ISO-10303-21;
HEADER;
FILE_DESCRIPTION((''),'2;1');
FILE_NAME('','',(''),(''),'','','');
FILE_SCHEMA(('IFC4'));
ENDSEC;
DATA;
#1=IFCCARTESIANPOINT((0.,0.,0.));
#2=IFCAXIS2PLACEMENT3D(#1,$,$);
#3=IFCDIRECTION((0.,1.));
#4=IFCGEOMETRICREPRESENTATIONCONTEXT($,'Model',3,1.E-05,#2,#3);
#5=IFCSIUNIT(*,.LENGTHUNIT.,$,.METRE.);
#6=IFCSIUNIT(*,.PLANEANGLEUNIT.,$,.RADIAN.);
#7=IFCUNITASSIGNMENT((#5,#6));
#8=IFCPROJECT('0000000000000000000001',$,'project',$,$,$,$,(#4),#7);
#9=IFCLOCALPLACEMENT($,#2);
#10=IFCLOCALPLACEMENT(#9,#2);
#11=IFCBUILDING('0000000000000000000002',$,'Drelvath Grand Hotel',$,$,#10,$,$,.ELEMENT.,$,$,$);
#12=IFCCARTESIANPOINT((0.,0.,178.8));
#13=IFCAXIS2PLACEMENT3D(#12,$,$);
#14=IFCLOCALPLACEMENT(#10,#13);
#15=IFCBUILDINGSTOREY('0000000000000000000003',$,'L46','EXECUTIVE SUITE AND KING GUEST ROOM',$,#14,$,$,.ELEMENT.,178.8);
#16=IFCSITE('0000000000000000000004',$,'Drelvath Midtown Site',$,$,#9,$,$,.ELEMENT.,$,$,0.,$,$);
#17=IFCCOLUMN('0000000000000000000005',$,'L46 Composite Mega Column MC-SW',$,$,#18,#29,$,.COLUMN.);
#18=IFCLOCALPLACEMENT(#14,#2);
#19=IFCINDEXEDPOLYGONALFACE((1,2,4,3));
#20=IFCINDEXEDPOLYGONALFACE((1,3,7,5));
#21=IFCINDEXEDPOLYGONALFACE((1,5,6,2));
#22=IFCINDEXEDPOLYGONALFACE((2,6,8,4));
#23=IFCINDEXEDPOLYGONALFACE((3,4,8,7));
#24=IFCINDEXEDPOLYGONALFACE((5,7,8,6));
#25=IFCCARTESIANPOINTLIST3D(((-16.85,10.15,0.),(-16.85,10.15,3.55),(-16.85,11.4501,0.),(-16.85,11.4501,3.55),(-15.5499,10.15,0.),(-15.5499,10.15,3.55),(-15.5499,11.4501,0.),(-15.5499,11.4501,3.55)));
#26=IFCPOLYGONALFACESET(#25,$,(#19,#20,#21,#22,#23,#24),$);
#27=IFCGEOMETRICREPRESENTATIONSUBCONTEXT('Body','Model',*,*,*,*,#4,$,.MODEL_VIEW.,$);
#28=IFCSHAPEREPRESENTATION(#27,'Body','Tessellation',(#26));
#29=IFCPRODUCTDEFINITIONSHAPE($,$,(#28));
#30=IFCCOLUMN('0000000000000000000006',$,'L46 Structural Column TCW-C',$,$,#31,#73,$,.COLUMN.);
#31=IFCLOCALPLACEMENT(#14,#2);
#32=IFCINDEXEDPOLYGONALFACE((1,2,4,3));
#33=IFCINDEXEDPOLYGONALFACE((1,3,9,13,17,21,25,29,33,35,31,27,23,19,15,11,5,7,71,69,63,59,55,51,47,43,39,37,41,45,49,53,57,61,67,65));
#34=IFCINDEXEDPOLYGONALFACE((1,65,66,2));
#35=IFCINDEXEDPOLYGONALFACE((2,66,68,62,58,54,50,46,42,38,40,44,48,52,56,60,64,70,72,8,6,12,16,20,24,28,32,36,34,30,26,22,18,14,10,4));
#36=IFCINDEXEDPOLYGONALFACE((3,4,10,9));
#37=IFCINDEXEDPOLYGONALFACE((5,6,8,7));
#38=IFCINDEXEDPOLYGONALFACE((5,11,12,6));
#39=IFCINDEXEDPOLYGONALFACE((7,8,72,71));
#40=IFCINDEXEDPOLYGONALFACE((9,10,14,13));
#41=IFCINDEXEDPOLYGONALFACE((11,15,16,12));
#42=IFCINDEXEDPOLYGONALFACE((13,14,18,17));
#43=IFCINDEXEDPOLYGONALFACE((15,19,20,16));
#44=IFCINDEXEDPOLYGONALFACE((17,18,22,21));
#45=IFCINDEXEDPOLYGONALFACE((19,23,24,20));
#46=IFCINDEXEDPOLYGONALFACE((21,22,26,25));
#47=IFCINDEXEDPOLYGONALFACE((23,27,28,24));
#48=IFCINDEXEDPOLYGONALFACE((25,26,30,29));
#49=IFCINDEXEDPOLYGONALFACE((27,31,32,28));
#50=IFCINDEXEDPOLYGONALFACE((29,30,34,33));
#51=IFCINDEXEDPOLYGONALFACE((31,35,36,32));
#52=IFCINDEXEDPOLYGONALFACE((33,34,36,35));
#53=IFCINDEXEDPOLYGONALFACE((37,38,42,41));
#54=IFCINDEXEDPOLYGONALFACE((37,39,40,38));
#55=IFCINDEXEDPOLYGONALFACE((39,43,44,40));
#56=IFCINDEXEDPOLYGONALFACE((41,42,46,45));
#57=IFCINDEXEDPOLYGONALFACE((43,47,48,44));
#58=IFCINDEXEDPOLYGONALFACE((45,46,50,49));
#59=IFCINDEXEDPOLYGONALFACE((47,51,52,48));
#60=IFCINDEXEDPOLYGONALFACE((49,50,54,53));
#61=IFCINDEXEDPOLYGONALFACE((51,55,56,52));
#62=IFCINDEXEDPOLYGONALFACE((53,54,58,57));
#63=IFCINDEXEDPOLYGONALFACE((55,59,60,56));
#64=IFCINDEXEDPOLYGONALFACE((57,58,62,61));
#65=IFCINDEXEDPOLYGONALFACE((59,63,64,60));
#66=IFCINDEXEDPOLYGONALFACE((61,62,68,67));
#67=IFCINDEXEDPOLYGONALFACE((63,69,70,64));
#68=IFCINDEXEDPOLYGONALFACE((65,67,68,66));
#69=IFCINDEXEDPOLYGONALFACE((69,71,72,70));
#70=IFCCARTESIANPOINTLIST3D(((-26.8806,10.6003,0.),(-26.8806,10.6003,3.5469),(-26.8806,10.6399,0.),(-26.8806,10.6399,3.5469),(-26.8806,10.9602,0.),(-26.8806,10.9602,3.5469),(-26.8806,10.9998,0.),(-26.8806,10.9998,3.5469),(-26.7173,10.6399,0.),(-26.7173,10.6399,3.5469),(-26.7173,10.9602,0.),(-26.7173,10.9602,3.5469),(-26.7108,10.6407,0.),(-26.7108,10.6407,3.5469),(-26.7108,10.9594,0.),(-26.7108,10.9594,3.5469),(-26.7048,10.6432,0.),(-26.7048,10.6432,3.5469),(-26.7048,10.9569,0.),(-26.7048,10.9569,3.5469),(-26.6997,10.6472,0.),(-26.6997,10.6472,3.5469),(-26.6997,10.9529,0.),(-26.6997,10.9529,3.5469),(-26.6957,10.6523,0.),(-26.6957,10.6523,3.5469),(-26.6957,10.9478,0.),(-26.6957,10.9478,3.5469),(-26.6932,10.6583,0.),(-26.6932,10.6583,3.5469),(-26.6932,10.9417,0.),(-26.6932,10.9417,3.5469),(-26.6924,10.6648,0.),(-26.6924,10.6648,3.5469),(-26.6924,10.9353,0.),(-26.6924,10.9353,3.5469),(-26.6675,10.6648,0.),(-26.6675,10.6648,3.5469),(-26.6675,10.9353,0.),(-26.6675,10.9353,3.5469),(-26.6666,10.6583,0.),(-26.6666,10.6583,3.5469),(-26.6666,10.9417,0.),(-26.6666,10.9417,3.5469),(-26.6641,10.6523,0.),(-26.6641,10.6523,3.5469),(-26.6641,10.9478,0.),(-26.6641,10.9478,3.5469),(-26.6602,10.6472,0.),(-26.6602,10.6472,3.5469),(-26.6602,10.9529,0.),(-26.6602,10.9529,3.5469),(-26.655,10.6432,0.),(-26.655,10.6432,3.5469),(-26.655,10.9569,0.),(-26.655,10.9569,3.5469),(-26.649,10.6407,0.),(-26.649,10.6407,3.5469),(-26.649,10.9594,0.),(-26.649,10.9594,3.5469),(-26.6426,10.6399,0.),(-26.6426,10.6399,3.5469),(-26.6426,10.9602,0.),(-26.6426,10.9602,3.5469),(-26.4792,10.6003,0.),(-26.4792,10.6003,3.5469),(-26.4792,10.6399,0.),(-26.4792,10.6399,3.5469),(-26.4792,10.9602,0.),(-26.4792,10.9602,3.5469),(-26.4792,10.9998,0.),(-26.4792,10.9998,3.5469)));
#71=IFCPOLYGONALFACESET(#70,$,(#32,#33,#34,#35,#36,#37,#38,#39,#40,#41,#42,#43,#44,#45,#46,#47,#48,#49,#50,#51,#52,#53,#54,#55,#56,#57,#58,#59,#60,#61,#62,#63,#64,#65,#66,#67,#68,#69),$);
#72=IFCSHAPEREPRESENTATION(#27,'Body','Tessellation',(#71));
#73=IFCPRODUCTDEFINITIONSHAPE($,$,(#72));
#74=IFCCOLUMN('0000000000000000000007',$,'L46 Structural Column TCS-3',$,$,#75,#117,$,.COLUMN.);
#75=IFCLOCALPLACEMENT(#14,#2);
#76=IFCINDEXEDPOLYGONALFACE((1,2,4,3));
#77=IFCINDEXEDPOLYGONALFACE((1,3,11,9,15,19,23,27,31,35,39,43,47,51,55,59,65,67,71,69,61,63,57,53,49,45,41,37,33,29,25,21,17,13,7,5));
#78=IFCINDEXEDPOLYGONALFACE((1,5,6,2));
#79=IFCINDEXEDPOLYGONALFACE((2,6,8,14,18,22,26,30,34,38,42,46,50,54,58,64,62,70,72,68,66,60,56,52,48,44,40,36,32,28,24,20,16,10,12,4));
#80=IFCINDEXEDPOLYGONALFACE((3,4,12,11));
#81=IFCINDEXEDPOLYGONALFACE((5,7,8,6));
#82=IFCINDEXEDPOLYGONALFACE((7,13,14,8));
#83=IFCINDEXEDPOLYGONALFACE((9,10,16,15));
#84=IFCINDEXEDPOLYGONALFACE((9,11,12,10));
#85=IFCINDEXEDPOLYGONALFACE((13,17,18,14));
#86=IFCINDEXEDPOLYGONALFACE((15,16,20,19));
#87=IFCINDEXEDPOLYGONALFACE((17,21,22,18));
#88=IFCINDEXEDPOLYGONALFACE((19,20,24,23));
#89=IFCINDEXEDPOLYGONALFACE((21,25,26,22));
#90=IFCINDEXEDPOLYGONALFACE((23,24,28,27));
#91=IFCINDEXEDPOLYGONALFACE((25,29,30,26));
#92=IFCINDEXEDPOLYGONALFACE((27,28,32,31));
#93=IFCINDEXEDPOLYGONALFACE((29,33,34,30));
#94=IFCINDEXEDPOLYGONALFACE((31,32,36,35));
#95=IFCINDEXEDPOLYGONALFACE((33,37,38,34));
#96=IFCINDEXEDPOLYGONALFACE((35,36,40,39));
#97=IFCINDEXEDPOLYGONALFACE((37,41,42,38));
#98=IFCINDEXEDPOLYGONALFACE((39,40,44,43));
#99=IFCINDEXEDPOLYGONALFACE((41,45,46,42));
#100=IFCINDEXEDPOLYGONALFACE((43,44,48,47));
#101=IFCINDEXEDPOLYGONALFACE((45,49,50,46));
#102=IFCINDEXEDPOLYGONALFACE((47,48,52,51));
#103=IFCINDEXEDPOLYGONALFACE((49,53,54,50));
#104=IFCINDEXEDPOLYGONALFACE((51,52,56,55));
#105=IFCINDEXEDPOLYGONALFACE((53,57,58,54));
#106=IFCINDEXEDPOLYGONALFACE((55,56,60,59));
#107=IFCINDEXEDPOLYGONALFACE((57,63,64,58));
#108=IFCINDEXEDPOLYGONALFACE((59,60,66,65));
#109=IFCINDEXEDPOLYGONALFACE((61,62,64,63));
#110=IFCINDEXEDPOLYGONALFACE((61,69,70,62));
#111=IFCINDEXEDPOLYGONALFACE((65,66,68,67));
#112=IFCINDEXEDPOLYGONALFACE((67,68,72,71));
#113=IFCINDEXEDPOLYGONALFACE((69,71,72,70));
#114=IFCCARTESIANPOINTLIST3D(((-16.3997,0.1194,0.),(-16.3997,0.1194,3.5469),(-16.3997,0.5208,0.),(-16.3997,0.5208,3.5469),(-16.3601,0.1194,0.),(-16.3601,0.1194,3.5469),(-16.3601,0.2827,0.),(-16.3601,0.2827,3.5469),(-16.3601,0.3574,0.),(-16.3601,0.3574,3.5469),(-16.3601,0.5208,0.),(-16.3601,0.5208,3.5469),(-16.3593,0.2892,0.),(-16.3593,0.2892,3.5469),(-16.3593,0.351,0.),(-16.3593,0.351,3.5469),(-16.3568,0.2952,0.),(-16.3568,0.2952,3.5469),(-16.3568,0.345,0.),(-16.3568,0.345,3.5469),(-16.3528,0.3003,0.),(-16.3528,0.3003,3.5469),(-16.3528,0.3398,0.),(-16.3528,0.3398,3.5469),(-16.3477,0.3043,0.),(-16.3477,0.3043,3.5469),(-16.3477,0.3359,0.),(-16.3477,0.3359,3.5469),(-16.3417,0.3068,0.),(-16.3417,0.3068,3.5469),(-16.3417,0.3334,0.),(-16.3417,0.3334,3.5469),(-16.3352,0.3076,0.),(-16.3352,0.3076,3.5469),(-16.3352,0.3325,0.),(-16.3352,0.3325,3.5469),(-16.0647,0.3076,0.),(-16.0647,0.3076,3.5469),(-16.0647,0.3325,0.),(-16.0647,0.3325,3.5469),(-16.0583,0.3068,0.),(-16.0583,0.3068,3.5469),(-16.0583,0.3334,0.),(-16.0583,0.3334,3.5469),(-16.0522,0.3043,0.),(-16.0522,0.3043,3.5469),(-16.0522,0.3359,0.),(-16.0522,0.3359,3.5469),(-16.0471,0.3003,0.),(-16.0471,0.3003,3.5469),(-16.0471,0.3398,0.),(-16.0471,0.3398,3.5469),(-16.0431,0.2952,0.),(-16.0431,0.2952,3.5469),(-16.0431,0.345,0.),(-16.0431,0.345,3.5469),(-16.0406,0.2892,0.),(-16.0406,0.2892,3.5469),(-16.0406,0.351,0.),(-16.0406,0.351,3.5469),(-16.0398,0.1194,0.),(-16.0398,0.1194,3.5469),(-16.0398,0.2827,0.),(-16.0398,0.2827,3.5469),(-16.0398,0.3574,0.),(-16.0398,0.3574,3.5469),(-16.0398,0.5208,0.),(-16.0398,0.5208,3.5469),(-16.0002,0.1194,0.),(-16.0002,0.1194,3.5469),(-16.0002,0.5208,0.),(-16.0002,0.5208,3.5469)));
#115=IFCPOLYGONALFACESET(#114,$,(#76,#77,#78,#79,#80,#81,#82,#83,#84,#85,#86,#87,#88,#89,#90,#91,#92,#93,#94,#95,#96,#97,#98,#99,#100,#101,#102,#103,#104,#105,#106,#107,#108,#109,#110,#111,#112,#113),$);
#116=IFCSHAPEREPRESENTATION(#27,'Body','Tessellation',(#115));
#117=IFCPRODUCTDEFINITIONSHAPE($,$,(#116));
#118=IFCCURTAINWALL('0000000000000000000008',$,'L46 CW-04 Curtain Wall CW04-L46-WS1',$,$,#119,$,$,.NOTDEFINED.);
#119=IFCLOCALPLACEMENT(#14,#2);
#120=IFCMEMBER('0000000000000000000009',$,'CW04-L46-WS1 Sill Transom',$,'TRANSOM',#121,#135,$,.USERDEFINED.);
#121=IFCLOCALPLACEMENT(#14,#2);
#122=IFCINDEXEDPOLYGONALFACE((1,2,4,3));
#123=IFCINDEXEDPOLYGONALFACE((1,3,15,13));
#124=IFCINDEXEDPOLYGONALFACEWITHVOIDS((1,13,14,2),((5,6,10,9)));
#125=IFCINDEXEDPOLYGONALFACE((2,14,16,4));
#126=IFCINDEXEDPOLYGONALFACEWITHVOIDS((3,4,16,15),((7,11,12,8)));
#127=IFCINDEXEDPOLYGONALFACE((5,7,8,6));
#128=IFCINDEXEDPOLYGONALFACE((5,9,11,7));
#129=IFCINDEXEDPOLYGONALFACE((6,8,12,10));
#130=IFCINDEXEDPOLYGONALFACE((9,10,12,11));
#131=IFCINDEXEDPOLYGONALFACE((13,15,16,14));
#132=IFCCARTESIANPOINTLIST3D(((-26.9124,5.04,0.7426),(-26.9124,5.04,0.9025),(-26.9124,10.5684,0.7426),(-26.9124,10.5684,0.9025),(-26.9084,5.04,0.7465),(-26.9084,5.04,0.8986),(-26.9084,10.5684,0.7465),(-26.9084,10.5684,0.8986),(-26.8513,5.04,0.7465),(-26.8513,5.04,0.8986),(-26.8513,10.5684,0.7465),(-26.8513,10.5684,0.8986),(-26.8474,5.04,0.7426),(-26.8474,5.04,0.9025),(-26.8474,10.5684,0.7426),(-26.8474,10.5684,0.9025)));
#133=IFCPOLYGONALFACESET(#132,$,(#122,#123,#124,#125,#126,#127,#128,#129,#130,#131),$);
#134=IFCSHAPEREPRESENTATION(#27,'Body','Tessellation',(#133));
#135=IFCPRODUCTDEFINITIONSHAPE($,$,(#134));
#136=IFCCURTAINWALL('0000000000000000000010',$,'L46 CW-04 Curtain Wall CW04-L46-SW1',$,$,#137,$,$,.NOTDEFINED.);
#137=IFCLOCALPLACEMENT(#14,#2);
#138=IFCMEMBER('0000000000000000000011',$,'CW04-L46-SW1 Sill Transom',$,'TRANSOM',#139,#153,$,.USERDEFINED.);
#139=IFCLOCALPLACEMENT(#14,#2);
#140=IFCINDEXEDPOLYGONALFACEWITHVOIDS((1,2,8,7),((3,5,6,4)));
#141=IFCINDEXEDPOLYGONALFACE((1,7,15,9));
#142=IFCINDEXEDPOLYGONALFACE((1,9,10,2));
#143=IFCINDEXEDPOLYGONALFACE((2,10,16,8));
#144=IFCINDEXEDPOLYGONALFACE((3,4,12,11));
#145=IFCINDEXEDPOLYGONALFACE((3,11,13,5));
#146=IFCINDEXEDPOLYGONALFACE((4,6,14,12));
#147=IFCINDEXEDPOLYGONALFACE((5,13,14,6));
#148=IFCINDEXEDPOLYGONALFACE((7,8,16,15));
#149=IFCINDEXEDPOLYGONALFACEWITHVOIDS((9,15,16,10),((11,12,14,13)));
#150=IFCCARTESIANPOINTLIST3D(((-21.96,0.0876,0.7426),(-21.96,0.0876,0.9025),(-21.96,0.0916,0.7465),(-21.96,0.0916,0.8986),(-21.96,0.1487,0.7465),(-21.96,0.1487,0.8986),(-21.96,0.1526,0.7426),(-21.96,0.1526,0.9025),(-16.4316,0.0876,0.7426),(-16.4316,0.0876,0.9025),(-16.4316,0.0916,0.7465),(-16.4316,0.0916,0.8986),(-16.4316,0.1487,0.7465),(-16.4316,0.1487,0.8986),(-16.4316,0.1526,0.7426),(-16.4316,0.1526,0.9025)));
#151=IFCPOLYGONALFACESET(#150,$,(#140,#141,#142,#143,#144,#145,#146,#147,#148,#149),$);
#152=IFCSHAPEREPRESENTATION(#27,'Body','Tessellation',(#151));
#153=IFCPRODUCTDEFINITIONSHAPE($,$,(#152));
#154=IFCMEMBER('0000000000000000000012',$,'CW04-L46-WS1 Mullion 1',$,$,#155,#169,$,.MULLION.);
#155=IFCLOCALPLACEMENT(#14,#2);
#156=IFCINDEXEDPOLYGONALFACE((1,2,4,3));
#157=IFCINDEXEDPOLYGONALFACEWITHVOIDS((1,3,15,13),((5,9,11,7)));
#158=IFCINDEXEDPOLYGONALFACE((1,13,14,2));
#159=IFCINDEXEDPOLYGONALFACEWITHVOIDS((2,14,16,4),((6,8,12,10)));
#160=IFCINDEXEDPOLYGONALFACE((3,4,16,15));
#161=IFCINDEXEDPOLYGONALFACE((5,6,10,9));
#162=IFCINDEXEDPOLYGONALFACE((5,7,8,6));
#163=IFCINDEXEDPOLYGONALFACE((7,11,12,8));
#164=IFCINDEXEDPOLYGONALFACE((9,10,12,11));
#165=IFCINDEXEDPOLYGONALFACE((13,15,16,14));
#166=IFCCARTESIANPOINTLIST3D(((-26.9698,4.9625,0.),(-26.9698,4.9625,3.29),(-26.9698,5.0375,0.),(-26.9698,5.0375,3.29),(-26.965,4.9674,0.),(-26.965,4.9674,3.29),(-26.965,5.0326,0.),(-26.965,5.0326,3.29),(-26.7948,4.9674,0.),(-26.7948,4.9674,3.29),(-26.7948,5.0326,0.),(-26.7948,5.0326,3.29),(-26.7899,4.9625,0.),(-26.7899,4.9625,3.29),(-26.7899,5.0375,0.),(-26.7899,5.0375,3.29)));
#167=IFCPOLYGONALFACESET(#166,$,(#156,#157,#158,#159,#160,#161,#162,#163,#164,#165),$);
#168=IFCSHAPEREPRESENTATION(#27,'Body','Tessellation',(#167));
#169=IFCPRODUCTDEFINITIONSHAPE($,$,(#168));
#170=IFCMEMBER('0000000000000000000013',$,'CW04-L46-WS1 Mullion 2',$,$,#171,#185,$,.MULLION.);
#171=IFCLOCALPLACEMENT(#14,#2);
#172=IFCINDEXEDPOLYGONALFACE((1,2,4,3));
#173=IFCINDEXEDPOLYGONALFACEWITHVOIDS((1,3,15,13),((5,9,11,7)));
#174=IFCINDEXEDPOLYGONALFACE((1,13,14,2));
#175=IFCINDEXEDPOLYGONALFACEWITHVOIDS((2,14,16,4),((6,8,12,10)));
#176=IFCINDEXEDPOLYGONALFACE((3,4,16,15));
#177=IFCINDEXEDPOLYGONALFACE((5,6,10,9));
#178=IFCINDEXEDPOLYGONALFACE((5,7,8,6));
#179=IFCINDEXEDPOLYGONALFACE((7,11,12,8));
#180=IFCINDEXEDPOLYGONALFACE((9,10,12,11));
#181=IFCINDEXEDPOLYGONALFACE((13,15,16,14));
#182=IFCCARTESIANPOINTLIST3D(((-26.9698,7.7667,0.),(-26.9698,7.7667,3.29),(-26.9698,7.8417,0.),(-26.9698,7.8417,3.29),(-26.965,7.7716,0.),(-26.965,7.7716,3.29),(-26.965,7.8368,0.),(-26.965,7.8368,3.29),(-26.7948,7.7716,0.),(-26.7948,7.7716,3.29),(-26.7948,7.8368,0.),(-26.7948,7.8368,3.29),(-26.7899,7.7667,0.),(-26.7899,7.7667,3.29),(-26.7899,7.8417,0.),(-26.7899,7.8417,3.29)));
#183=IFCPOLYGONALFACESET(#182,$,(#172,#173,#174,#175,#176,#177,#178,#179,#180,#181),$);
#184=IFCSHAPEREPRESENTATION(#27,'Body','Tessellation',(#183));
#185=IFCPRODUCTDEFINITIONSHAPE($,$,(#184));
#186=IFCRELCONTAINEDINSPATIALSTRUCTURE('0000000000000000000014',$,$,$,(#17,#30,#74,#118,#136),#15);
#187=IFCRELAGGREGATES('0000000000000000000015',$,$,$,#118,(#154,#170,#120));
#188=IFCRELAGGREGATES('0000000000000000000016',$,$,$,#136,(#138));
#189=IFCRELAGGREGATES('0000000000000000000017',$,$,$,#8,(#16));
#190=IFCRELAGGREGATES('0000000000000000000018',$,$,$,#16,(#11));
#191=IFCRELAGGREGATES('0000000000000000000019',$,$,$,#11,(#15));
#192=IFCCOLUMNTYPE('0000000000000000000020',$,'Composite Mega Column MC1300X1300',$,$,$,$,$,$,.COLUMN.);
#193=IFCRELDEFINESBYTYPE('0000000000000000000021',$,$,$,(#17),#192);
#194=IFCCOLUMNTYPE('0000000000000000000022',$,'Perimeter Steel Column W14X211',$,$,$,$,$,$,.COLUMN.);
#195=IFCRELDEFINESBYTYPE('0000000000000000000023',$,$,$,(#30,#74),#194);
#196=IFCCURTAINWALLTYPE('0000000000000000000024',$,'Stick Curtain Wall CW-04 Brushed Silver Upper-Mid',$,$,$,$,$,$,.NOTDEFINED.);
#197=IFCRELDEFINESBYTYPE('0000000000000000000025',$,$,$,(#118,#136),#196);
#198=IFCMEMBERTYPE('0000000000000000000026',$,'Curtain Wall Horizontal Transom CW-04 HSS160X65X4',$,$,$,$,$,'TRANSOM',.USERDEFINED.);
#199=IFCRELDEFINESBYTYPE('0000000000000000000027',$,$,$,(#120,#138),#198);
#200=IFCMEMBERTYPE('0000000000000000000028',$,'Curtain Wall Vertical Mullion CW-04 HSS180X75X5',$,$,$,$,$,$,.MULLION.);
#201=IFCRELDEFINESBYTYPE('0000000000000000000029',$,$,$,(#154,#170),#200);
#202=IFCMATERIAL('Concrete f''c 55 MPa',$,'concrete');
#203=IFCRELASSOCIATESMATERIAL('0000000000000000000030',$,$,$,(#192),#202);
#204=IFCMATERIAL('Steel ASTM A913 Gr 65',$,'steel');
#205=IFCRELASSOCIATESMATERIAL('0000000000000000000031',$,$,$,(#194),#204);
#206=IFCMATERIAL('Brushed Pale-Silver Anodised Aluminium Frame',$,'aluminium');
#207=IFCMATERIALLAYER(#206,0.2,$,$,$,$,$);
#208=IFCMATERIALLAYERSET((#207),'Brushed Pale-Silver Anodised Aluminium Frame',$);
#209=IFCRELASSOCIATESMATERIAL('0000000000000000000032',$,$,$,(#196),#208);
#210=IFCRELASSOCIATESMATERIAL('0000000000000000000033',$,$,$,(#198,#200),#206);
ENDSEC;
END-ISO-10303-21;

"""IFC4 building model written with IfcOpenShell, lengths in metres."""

from ifc_helpers import new_model, si_unit, direction, frame, origin, origin_2d, place, context, subcontext, project, spatial, rectangle, hollow_rectangle, i_section, extrude, material, layer, layer_set, material_profile, profile_set, type_object, element, aggregate, save


model = new_model("IFC4")

# Units and contexts
model_context = context("Model", 3, precision=1e-05, world=origin(), true_north=direction((0.0, 1.0)))
body_context = subcontext(model_context, "Body", "Model", "MODEL_VIEW")
ifc_project = project(units=[si_unit("LENGTHUNIT", "METRE"), si_unit("PLANEANGLEUNIT", "RADIAN")], contexts=[model_context])

# Site, building, storey
site_placement = place(None, origin())
site = spatial("IfcSite", under=ifc_project, at=site_placement, Name="Drelvath Midtown Site", CompositionType="ELEMENT", RefElevation=0.0)
building_placement = place(site_placement, origin())
building = spatial("IfcBuilding", under=site, at=building_placement, Name="Drelvath Grand Hotel", CompositionType="ELEMENT")
storey_placement = place(building_placement, frame((0.0, 0.0, 178.8)))
storey = spatial("IfcBuildingStorey", under=building, at=storey_placement, Name="L46", Description="EXECUTIVE SUITE AND KING GUEST ROOM", CompositionType="ELEMENT", Elevation=178.8)

# Columns
ifc_material_1 = material(Name="Concrete f'c 55 MPa", Category="concrete")
ifc_material_profile_1 = material_profile(ifc_material_1, rectangle(XDim=1.3, YDim=1.3, at=origin_2d()), Name="MC1300X1300")
ifc_profile_set_1 = profile_set([ifc_material_profile_1], Name="Concrete f'c 55 MPa")
column_type_1 = type_object("IfcColumnType", Name="Composite Mega Column MC1300X1300", PredefinedType="COLUMN", material=ifc_profile_set_1)
column_placement = place(storey_placement, frame((-16.2, 10.8, 0.0), z_axis=(0.0, 0.0, 1.0), x_axis=(1.0, 0.0, 0.0)))
element("IfcColumn", 1, at=column_placement, inside=storey, type_object=column_type_1, Name="L46 Composite Mega Column MC-SW", PredefinedType="COLUMN", context=body_context, shape_type="SweptSolid", body=[
    extrude(rectangle(XDim=1.3, YDim=1.3, at=origin_2d()), origin(), (0.0, 0.0, 1.0), 3.55),
])
ifc_material_2 = material(Name="Steel ASTM A913 Gr 65", Category="steel")
ifc_material_profile_2 = material_profile(ifc_material_2, i_section(OverallWidth=0.4014, OverallDepth=0.3994, WebThickness=0.0249, FlangeThickness=0.0396, FilletRadius=0.0249, at=origin_2d()), Name="W14X211")
ifc_profile_set_2 = profile_set([ifc_material_profile_2], Name="Steel ASTM A913 Gr 65")
column_type_2 = type_object("IfcColumnType", Name="Perimeter Steel Column W14X211", PredefinedType="COLUMN", material=ifc_profile_set_2)
for number, where, z_axis, x_axis, name in (
    (2, (-26.6799, 10.8, 0.0), (0.0, 0.0, 1.0), (1.0, 0.0, 0.0), "L46 Structural Column TCW-C"),
    (3, (-16.2, 0.3201, 0.0), (0.0, 0.0, 1.0), (0.0, 1.0, 0.0), "L46 Structural Column TCS-3"),
):
    element("IfcColumn", number, at=place(storey_placement, frame(where, z_axis=z_axis, x_axis=x_axis)), inside=storey, type_object=column_type_2, Name=name, PredefinedType="COLUMN", context=body_context, shape_type="SweptSolid", body=[
        extrude(i_section(OverallWidth=0.4014, OverallDepth=0.3994, WebThickness=0.0249, FlangeThickness=0.0396, FilletRadius=0.0249, at=origin_2d()), origin(), (0.0, 0.0, 1.0), 3.5469),
    ])

# Curtain walls, members
ifc_material_3 = material(Name="Brushed Pale-Silver Anodised Aluminium Frame", Category="aluminium")
ifc_layer_1 = layer(ifc_material_3, 0.2)
ifc_layer_set_1 = layer_set([ifc_layer_1], Name="Brushed Pale-Silver Anodised Aluminium Frame")
curtain_wall_type = type_object("IfcCurtainWallType", Name="Stick Curtain Wall CW-04 Brushed Silver Upper-Mid", PredefinedType="NOTDEFINED", material=ifc_layer_set_1)
curtain_wall_1_placement = place(storey_placement, origin())
curtain_wall_1 = element("IfcCurtainWall", 4, at=curtain_wall_1_placement, inside=storey, type_object=curtain_wall_type, Name="L46 CW-04 Curtain Wall CW04-L46-WS1", PredefinedType="NOTDEFINED")
ifc_material_profile_3 = material_profile(ifc_material_3, hollow_rectangle(XDim=0.0649, YDim=0.1599, WallThickness=0.0039, at=origin_2d()), Name="HSS160X65X4")
ifc_profile_set_3 = profile_set([ifc_material_profile_3], Name="Brushed Pale-Silver Anodised Aluminium Frame")
member_type_1 = type_object("IfcMemberType", Name="Curtain Wall Horizontal Transom CW-04 HSS160X65X4", ElementType="TRANSOM", PredefinedType="USERDEFINED", material=ifc_profile_set_3)
member_1_placement = place(storey_placement, frame((-26.8799, 5.04, 0.8225), z_axis=(0.0, 1.0, 0.0), x_axis=(-1.0, 0.0, 0.0)))
member_1 = element("IfcMember", 5, at=member_1_placement, type_object=member_type_1, Name="CW04-L46-WS1 Sill Transom", ObjectType="TRANSOM", PredefinedType="USERDEFINED", context=body_context, shape_type="SweptSolid", body=[
    extrude(hollow_rectangle(XDim=0.0649, YDim=0.1599, WallThickness=0.0039, at=origin_2d()), origin(), (0.0, 0.0, 1.0), 5.5283),
])
curtain_wall_2_placement = place(storey_placement, origin())
curtain_wall_2 = element("IfcCurtainWall", 6, at=curtain_wall_2_placement, inside=storey, type_object=curtain_wall_type, Name="L46 CW-04 Curtain Wall CW04-L46-SW1", PredefinedType="NOTDEFINED")
member_2_placement = place(storey_placement, frame((-16.4316, 0.1201, 0.8225), z_axis=(-1.0, 0.0, 0.0), x_axis=(0.0, -1.0, 0.0)))
member_2 = element("IfcMember", 7, at=member_2_placement, type_object=member_type_1, Name="CW04-L46-SW1 Sill Transom", ObjectType="TRANSOM", PredefinedType="USERDEFINED", context=body_context, shape_type="SweptSolid", body=[
    extrude(hollow_rectangle(XDim=0.0649, YDim=0.1599, WallThickness=0.0039, at=origin_2d()), origin(), (0.0, 0.0, 1.0), 5.5283),
])

# Members
ifc_material_profile_4 = material_profile(ifc_material_3, hollow_rectangle(XDim=0.075, YDim=0.1799, WallThickness=0.0049, at=origin_2d()), Name="HSS180X75X5")
ifc_profile_set_4 = profile_set([ifc_material_profile_4], Name="Brushed Pale-Silver Anodised Aluminium Frame")
member_type_2 = type_object("IfcMemberType", Name="Curtain Wall Vertical Mullion CW-04 HSS180X75X5", PredefinedType="MULLION", material=ifc_profile_set_4)
member_3_placement = place(storey_placement, frame((-26.8799, 5.0, 0.0), z_axis=(0.0, 0.0, 1.0), x_axis=(0.0, 1.0, 0.0)))
member_3 = element("IfcMember", 8, at=member_3_placement, type_object=member_type_2, Name="CW04-L46-WS1 Mullion 1", PredefinedType="MULLION", context=body_context, shape_type="SweptSolid", body=[
    extrude(hollow_rectangle(XDim=0.075, YDim=0.1799, WallThickness=0.0049, at=origin_2d()), origin(), (0.0, 0.0, 1.0), 3.29),
])
member_4_placement = place(storey_placement, frame((-26.8799, 7.8042, 0.0), z_axis=(0.0, 0.0, 1.0), x_axis=(0.0, 1.0, 0.0)))
member_4 = element("IfcMember", 9, at=member_4_placement, type_object=member_type_2, Name="CW04-L46-WS1 Mullion 2", PredefinedType="MULLION", context=body_context, shape_type="SweptSolid", body=[
    extrude(hollow_rectangle(XDim=0.075, YDim=0.1799, WallThickness=0.0049, at=origin_2d()), origin(), (0.0, 0.0, 1.0), 3.29),
])

aggregate(curtain_wall_1, [member_3, member_4, member_1])
aggregate(curtain_wall_2, [member_2])

save(model, "model.ifc")
